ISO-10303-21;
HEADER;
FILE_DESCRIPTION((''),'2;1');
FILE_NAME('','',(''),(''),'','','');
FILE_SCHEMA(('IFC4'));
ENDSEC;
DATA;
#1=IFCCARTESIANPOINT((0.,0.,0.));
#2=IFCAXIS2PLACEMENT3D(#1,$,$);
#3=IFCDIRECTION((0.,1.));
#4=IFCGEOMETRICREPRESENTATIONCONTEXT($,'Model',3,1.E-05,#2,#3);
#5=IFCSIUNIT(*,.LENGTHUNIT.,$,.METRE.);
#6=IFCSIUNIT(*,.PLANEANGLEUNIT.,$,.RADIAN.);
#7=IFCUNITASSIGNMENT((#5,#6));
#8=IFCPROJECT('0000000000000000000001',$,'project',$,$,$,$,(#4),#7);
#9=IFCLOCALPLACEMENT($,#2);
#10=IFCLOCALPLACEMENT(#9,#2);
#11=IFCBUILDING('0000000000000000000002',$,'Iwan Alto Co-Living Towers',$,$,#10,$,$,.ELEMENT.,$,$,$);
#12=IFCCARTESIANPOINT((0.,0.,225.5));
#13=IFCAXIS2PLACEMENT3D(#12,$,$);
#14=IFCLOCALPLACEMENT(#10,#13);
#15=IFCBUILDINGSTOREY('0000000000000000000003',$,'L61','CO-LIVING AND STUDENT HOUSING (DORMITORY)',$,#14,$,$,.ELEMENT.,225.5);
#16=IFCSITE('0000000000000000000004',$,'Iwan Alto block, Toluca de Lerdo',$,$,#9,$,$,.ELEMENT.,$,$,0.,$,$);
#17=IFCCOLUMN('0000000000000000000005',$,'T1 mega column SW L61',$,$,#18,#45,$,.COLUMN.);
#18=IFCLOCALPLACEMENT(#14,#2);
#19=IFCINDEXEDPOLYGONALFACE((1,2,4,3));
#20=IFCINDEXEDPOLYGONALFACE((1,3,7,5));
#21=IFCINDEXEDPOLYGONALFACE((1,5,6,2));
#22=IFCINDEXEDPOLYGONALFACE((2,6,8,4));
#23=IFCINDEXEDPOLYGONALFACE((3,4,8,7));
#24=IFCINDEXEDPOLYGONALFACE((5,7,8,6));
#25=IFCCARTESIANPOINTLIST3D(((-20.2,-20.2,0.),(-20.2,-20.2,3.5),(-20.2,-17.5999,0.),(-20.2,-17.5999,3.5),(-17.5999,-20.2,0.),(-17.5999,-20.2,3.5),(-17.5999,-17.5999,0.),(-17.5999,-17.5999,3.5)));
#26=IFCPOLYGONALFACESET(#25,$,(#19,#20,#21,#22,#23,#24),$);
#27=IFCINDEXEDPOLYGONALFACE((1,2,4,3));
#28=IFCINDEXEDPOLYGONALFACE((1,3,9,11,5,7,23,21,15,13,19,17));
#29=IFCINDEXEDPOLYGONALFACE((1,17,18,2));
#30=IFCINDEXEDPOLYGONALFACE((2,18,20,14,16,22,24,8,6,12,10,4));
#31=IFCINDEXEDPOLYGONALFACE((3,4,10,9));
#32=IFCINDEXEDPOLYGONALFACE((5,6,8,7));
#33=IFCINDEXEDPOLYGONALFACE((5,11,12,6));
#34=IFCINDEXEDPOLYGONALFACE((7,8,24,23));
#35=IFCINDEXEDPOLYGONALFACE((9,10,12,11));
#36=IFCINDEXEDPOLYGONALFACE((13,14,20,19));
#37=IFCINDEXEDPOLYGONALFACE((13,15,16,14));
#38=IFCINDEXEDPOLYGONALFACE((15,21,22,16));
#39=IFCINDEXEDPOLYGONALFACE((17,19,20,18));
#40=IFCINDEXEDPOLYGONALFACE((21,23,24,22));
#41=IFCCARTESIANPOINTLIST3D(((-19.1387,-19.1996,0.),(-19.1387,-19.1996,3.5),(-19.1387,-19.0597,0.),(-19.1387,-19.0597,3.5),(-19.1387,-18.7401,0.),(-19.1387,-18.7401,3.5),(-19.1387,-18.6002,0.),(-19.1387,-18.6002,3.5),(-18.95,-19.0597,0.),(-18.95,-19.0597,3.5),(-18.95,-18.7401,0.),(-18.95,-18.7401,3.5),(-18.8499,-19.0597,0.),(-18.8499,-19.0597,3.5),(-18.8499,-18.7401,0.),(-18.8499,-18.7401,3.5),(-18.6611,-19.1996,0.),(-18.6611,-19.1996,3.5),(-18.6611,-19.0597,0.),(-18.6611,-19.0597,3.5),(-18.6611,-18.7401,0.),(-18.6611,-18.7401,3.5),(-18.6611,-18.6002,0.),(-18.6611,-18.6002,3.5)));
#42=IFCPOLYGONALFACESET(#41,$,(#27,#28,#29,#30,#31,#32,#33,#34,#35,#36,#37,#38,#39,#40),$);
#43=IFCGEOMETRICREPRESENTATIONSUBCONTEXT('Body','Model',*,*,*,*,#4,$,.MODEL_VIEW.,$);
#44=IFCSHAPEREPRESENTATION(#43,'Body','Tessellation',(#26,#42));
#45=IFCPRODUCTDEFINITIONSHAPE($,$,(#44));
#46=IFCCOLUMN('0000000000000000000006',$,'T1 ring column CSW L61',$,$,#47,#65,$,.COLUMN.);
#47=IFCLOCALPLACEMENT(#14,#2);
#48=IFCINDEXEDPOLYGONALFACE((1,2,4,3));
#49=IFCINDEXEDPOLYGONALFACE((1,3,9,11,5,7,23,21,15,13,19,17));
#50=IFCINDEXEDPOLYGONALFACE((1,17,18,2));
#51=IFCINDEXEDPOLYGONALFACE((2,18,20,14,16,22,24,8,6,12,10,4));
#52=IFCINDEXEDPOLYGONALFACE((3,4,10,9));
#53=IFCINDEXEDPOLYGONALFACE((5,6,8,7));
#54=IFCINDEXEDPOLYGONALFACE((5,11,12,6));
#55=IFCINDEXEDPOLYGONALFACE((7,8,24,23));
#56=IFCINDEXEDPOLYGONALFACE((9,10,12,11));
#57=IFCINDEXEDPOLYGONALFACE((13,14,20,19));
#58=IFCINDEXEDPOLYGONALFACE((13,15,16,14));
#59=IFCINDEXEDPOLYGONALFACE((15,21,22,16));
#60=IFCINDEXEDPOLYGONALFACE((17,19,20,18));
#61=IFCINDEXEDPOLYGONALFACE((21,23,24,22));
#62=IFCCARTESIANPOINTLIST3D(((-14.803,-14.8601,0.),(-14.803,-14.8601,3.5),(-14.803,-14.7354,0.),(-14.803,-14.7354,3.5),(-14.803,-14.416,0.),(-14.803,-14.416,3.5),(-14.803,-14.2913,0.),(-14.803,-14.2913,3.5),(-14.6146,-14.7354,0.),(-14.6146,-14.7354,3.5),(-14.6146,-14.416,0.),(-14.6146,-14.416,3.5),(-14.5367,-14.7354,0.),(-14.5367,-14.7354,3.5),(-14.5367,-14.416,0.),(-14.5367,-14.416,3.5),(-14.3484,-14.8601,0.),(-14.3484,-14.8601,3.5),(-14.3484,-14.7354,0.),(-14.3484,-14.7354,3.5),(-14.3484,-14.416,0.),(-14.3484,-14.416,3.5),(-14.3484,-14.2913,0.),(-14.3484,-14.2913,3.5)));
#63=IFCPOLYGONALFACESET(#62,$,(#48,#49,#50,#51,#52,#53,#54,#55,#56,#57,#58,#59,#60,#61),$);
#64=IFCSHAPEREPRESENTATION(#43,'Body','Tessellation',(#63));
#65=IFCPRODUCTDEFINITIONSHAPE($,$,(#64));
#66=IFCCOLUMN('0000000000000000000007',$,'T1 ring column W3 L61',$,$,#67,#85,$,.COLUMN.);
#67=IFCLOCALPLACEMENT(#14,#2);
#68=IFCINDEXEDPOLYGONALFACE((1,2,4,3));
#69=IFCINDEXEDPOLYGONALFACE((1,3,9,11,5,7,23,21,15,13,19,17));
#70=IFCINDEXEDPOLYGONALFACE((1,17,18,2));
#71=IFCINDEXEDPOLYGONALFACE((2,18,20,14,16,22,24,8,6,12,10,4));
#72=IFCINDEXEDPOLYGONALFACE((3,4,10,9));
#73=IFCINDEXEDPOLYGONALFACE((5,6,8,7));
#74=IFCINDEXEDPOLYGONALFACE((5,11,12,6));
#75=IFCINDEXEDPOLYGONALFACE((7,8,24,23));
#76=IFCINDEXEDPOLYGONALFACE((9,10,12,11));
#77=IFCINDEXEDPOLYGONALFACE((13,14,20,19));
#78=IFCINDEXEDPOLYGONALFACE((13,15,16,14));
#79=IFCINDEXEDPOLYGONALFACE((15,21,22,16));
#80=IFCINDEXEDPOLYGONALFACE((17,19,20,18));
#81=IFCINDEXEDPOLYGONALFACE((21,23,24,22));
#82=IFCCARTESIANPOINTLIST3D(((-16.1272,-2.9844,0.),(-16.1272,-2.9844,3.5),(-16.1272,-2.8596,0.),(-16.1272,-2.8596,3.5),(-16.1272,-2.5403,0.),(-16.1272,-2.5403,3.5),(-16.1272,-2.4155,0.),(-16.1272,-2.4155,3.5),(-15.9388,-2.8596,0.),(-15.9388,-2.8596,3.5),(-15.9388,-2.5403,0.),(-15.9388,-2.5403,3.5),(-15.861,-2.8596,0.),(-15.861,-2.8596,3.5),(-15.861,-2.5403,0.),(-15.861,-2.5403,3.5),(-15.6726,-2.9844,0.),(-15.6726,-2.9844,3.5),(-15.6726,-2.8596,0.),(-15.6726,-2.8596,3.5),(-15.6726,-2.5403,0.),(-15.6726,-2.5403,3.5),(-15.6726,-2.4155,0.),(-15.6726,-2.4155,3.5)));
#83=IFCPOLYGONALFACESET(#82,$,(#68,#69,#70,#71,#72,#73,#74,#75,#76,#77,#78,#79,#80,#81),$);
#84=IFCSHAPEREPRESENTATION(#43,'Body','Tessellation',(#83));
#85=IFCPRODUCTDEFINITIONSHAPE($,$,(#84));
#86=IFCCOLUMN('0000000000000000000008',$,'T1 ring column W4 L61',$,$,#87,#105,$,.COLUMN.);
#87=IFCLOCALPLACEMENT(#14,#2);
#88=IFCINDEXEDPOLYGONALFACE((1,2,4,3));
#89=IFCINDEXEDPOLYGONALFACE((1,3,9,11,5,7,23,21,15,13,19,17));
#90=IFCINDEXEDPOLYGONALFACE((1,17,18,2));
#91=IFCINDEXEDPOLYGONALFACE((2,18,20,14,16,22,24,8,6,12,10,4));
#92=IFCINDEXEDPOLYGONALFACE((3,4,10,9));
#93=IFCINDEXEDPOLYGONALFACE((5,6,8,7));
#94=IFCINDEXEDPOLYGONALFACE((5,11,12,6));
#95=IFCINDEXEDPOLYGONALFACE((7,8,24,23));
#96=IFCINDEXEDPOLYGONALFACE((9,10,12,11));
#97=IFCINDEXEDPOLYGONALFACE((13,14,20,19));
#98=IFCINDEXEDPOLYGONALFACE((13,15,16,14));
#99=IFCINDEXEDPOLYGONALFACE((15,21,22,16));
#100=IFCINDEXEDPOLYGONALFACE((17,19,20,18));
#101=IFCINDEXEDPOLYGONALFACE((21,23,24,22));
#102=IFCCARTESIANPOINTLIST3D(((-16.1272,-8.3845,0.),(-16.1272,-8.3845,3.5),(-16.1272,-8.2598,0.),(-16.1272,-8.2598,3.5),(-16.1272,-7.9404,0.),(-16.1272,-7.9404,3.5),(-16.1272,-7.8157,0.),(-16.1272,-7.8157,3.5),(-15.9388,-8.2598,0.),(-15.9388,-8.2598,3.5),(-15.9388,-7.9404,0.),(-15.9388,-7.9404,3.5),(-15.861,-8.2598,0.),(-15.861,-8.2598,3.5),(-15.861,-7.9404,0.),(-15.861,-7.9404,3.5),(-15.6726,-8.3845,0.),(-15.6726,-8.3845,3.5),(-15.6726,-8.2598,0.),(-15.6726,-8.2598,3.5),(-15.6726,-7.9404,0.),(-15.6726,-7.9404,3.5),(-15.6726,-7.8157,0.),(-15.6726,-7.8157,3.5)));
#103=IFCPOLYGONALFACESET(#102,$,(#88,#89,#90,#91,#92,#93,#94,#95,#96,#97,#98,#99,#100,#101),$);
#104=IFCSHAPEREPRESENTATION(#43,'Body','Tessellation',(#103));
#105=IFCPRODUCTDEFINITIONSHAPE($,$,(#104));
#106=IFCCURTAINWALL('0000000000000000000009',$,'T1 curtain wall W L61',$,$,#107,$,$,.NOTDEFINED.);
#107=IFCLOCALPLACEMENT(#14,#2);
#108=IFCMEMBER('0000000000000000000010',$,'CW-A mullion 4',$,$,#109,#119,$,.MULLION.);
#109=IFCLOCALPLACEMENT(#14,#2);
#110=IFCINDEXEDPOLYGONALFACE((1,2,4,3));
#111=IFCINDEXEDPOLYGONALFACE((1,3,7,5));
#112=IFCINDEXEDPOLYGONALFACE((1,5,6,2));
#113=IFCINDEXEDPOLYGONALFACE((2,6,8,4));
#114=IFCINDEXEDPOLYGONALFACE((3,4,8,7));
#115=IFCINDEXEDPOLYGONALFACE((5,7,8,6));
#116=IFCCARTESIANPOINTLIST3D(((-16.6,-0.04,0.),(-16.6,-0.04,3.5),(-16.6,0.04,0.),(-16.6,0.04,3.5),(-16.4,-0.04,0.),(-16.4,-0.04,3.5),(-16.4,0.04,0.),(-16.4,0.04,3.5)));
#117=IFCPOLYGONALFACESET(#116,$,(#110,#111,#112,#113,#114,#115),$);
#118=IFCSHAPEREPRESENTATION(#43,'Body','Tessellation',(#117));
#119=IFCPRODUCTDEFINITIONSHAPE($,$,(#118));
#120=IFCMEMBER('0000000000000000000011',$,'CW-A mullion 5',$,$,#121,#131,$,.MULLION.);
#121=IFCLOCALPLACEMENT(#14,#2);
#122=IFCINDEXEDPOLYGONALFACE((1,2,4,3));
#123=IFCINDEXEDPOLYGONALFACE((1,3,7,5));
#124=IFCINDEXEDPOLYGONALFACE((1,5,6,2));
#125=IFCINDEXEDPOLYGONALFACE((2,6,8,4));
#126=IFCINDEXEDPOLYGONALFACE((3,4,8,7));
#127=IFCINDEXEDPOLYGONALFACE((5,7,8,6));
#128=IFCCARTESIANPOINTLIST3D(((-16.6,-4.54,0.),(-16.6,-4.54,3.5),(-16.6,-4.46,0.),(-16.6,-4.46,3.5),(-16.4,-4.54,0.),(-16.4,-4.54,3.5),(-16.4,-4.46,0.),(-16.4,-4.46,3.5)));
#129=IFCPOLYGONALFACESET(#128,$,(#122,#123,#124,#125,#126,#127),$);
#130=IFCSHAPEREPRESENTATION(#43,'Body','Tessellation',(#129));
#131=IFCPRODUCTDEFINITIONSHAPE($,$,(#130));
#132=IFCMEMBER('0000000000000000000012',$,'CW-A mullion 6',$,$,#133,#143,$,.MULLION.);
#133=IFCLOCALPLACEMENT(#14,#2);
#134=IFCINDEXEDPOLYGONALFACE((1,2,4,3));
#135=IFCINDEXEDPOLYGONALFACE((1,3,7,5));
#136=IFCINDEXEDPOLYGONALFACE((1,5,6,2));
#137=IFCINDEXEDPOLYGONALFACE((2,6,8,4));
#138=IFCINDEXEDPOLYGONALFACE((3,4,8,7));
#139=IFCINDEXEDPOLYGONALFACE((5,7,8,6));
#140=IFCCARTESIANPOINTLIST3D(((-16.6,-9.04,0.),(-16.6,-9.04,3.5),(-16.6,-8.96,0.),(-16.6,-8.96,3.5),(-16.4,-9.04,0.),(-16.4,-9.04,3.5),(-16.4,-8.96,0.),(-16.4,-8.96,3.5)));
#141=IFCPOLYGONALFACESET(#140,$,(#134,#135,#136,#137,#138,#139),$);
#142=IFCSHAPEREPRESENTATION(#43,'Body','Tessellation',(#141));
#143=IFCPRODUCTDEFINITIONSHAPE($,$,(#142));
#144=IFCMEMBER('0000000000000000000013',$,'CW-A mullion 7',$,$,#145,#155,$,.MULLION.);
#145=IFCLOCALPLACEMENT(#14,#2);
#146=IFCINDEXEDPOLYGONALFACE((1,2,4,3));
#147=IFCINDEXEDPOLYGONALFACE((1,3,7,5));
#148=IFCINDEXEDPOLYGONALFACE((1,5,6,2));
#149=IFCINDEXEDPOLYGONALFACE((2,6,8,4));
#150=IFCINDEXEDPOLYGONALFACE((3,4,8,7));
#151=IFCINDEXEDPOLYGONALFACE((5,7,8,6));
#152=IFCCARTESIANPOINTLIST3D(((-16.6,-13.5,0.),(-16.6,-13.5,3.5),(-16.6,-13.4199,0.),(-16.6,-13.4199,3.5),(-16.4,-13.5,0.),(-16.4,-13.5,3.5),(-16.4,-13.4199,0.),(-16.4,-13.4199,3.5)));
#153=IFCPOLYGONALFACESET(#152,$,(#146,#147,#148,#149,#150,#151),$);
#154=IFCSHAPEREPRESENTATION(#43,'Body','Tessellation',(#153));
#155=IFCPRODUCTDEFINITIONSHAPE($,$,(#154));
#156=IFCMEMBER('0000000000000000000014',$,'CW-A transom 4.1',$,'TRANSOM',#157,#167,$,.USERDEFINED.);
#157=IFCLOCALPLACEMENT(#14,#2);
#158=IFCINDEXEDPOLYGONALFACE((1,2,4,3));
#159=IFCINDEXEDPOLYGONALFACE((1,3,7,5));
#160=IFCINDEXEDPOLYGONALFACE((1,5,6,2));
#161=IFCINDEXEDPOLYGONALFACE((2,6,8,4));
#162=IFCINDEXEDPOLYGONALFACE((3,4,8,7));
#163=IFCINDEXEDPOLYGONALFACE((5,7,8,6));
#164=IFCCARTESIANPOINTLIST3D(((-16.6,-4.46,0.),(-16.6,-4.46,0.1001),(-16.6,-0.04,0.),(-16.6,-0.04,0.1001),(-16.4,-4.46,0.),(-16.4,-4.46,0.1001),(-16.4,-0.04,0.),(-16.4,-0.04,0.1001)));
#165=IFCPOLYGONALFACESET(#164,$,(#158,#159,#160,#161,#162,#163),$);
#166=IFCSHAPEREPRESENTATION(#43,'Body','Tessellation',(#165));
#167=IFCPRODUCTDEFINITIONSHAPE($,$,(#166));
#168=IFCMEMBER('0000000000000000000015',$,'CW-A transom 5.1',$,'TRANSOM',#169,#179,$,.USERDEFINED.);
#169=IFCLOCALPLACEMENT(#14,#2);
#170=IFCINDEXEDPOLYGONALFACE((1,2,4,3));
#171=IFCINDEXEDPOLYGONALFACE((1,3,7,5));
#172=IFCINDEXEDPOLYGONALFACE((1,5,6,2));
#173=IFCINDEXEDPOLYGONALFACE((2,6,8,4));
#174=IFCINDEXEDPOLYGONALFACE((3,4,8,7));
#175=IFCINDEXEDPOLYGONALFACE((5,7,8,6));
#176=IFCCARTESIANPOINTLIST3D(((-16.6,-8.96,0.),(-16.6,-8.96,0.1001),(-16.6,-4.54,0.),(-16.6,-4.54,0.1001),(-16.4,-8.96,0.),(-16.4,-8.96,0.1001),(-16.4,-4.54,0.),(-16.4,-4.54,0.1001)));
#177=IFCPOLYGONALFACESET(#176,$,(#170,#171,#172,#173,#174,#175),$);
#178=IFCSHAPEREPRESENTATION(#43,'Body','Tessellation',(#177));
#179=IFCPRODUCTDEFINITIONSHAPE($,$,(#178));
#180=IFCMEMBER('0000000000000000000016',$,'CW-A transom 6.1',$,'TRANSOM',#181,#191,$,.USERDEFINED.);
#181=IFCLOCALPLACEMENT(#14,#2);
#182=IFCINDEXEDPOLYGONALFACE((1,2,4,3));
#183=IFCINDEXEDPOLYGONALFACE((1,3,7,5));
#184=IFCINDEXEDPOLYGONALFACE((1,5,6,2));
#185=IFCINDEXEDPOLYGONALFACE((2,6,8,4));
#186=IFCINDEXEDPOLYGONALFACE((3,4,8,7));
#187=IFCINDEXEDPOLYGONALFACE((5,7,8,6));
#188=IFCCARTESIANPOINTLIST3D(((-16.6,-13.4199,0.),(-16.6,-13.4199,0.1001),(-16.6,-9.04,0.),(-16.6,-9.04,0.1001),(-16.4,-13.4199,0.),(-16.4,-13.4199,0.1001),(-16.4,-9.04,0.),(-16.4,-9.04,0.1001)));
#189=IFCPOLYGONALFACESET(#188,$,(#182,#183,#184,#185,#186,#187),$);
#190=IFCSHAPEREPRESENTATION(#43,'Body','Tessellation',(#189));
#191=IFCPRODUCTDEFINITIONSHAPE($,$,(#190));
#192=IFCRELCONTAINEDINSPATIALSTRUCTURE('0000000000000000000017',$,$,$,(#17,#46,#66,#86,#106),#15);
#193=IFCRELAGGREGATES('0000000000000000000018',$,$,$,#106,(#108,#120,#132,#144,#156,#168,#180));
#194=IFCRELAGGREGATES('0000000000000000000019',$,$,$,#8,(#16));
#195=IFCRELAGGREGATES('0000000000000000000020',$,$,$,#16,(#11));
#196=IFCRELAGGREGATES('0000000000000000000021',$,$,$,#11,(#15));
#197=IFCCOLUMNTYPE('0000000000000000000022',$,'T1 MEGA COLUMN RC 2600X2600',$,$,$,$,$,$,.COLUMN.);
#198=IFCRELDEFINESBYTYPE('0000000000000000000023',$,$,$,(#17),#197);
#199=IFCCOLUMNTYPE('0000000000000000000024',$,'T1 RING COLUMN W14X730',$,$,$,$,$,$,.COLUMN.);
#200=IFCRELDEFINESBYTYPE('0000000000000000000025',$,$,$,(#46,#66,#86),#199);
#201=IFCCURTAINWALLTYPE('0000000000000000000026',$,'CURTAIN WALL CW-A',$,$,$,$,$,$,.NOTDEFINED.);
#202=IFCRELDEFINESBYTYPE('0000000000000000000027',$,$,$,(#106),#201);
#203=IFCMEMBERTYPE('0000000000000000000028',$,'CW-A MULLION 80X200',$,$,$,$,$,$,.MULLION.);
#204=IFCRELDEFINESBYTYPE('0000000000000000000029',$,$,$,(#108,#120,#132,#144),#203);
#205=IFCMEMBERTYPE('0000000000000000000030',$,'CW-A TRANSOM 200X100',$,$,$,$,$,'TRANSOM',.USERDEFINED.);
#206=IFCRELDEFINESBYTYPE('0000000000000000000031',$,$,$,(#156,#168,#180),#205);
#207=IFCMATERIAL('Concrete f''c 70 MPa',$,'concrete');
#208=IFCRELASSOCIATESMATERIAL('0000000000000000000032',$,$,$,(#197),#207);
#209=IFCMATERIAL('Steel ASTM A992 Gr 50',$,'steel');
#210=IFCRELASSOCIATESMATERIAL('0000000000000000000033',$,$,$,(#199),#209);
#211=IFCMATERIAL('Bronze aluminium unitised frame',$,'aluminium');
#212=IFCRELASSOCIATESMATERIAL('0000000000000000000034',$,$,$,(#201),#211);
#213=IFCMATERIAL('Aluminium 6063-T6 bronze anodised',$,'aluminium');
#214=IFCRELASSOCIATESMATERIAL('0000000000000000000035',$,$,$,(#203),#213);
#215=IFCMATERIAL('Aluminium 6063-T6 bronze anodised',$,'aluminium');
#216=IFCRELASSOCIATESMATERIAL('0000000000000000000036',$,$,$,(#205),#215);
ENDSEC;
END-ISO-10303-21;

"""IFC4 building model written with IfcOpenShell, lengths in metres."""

from ifc_helpers import new_model, si_unit, direction, frame, origin, origin_2d, place, context, subcontext, project, spatial, rectangle, i_section, extrude, material, material_profile, profile_set, type_object, element, aggregate, save


model = new_model("IFC4")

# Units and contexts
model_context = context("Model", 3, precision=1e-05, world=origin(), true_north=direction((0.0, 1.0)))
body_context = subcontext(model_context, "Body", "Model", "MODEL_VIEW")
ifc_project = project(units=[si_unit("LENGTHUNIT", "METRE"), si_unit("PLANEANGLEUNIT", "RADIAN")], contexts=[model_context])

# Site, building, storey
site_placement = place(None, origin())
site = spatial("IfcSite", under=ifc_project, at=site_placement, Name="Iwan Alto block, Toluca de Lerdo", CompositionType="ELEMENT", RefElevation=0.0)
building_placement = place(site_placement, origin())
building = spatial("IfcBuilding", under=site, at=building_placement, Name="Iwan Alto Co-Living Towers", CompositionType="ELEMENT")
storey_placement = place(building_placement, frame((0.0, 0.0, 225.5)))
storey = spatial("IfcBuildingStorey", under=building, at=storey_placement, Name="L61", Description="CO-LIVING AND STUDENT HOUSING (DORMITORY)", CompositionType="ELEMENT", Elevation=225.5)

# Columns
ifc_material_1 = material(Name="Concrete f'c 70 MPa", Category="concrete")
ifc_material_profile_1 = material_profile(ifc_material_1, rectangle(XDim=2.6001, YDim=2.6001, at=origin_2d()), Name="RC 2600X2600")
ifc_profile_set_1 = profile_set([ifc_material_profile_1], Name="Concrete f'c 70 MPa")
column_type_1 = type_object("IfcColumnType", Name="T1 MEGA COLUMN RC 2600X2600", PredefinedType="COLUMN", material=ifc_profile_set_1)
column_placement = place(storey_placement, frame((-18.8999, -18.8999, 0.0), z_axis=(0.0, 0.0, 1.0), x_axis=(1.0, 0.0, 0.0)))
element("IfcColumn", 1, at=column_placement, inside=storey, type_object=column_type_1, Name="T1 mega column SW L61", PredefinedType="COLUMN", context=body_context, shape_type="SweptSolid", body=[
    extrude(rectangle(XDim=2.6001, YDim=2.6001, at=origin_2d()), origin(), (0.0, 0.0, 1.0), 3.5),
    extrude(i_section(OverallWidth=0.4775, OverallDepth=0.5994, WebThickness=0.1001, FlangeThickness=0.1399, at=origin_2d()), origin(), (0.0, 0.0, 1.0), 3.5),
])
ifc_material_2 = material(Name="Steel ASTM A992 Gr 50", Category="steel")
ifc_material_profile_2 = material_profile(ifc_material_2, i_section(OverallWidth=0.4546, OverallDepth=0.5688, WebThickness=0.0779, FlangeThickness=0.1248, at=origin_2d()), Name="W14X730")
ifc_profile_set_2 = profile_set([ifc_material_profile_2], Name="Steel ASTM A992 Gr 50")
column_type_2 = type_object("IfcColumnType", Name="T1 RING COLUMN W14X730", PredefinedType="COLUMN", material=ifc_profile_set_2)
for number, where, z_axis, x_axis, name in (
    (2, (-14.5757, -14.5757, 0.0), (0.0, 0.0, 1.0), (1.0, 0.0, 0.0), "T1 ring column CSW L61"),
    (3, (-15.8999, -2.7, 0.0), (0.0, 0.0, 1.0), (1.0, 0.0, 0.0), "T1 ring column W3 L61"),
    (4, (-15.8999, -8.1001, 0.0), (0.0, 0.0, 1.0), (1.0, 0.0, 0.0), "T1 ring column W4 L61"),
):
    element("IfcColumn", number, at=place(storey_placement, frame(where, z_axis=z_axis, x_axis=x_axis)), inside=storey, type_object=column_type_2, Name=name, PredefinedType="COLUMN", context=body_context, shape_type="SweptSolid", body=[
        extrude(i_section(OverallWidth=0.4546, OverallDepth=0.5688, WebThickness=0.0779, FlangeThickness=0.1248, at=origin_2d()), origin(), (0.0, 0.0, 1.0), 3.5),
    ])

# Curtain wall, members
ifc_material_3 = material(Name="Bronze aluminium unitised frame", Category="aluminium")
curtain_wall_type_1 = type_object("IfcCurtainWallType", Name="CURTAIN WALL CW-A", PredefinedType="NOTDEFINED", material=ifc_material_3)
curtain_wall_1_placement = place(storey_placement, origin())
curtain_wall_1 = element("IfcCurtainWall", 5, at=curtain_wall_1_placement, inside=storey, type_object=curtain_wall_type_1, Name="T1 curtain wall W L61", PredefinedType="NOTDEFINED")
ifc_material_4 = material(Name="Aluminium 6063-T6 bronze anodised", Category="aluminium")
ifc_material_profile_3 = material_profile(ifc_material_4, rectangle(XDim=0.2, YDim=0.0801, at=origin_2d()), Name="AL 80X200")
ifc_profile_set_3 = profile_set([ifc_material_profile_3], Name="Aluminium 6063-T6 bronze anodised")
member_type_1 = type_object("IfcMemberType", Name="CW-A MULLION 80X200", PredefinedType="MULLION", material=ifc_profile_set_3)
member_1_placement = place(storey_placement, frame((-16.5, 0.0, 0.0), z_axis=(0.0, 0.0, 1.0), x_axis=(1.0, 0.0, 0.0)))
member_1 = element("IfcMember", 6, at=member_1_placement, type_object=member_type_1, Name="CW-A mullion 4", PredefinedType="MULLION", context=body_context, shape_type="SweptSolid", body=[
    extrude(rectangle(XDim=0.2, YDim=0.0801, at=origin_2d()), origin(), (0.0, 0.0, 1.0), 3.5),
])
member_2_placement = place(storey_placement, frame((-16.5, -4.5, 0.0), z_axis=(0.0, 0.0, 1.0), x_axis=(1.0, 0.0, 0.0)))
member_2 = element("IfcMember", 7, at=member_2_placement, type_object=member_type_1, Name="CW-A mullion 5", PredefinedType="MULLION", context=body_context, shape_type="SweptSolid", body=[
    extrude(rectangle(XDim=0.2, YDim=0.0801, at=origin_2d()), origin(), (0.0, 0.0, 1.0), 3.5),
])
member_3_placement = place(storey_placement, frame((-16.5, -9.0, 0.0), z_axis=(0.0, 0.0, 1.0), x_axis=(1.0, 0.0, 0.0)))
member_3 = element("IfcMember", 8, at=member_3_placement, type_object=member_type_1, Name="CW-A mullion 6", PredefinedType="MULLION", context=body_context, shape_type="SweptSolid", body=[
    extrude(rectangle(XDim=0.2, YDim=0.0801, at=origin_2d()), origin(), (0.0, 0.0, 1.0), 3.5),
])
member_4_placement = place(storey_placement, frame((-16.5, -13.46, 0.0), z_axis=(0.0, 0.0, 1.0), x_axis=(1.0, 0.0, 0.0)))
member_4 = element("IfcMember", 9, at=member_4_placement, type_object=member_type_1, Name="CW-A mullion 7", PredefinedType="MULLION", context=body_context, shape_type="SweptSolid", body=[
    extrude(rectangle(XDim=0.2, YDim=0.0801, at=origin_2d()), origin(), (0.0, 0.0, 1.0), 3.5),
])
ifc_material_5 = material(Name="Aluminium 6063-T6 bronze anodised", Category="aluminium")
ifc_material_profile_4 = material_profile(ifc_material_5, rectangle(XDim=0.2, YDim=0.1001, at=origin_2d()), Name="AL 200X100")
ifc_profile_set_4 = profile_set([ifc_material_profile_4], Name="Aluminium 6063-T6 bronze anodised")
member_type_2 = type_object("IfcMemberType", Name="CW-A TRANSOM 200X100", ElementType="TRANSOM", PredefinedType="USERDEFINED", material=ifc_profile_set_4)
member_5_placement = place(storey_placement, frame((-16.5, -0.04, 0.05), z_axis=(0.0, -1.0, 0.0), x_axis=(1.0, 0.0, 0.0)))
member_5 = element("IfcMember", 10, at=member_5_placement, type_object=member_type_2, Name="CW-A transom 4.1", ObjectType="TRANSOM", PredefinedType="USERDEFINED", context=body_context, shape_type="SweptSolid", body=[
    extrude(rectangle(XDim=0.2, YDim=0.1001, at=origin_2d()), origin(), (0.0, 0.0, 1.0), 4.4199),
])
member_6_placement = place(storey_placement, frame((-16.5, -4.54, 0.05), z_axis=(0.0, -1.0, 0.0), x_axis=(1.0, 0.0, 0.0)))
member_6 = element("IfcMember", 11, at=member_6_placement, type_object=member_type_2, Name="CW-A transom 5.1", ObjectType="TRANSOM", PredefinedType="USERDEFINED", context=body_context, shape_type="SweptSolid", body=[
    extrude(rectangle(XDim=0.2, YDim=0.1001, at=origin_2d()), origin(), (0.0, 0.0, 1.0), 4.4199),
])
member_7_placement = place(storey_placement, frame((-16.5, -9.04, 0.05), z_axis=(0.0, -1.0, 0.0), x_axis=(1.0, 0.0, 0.0)))
member_7 = element("IfcMember", 12, at=member_7_placement, type_object=member_type_2, Name="CW-A transom 6.1", ObjectType="TRANSOM", PredefinedType="USERDEFINED", context=body_context, shape_type="SweptSolid", body=[
    extrude(rectangle(XDim=0.2, YDim=0.1001, at=origin_2d()), origin(), (0.0, 0.0, 1.0), 4.3799),
])

aggregate(curtain_wall_1, [member_1, member_2, member_3, member_4, member_5, member_6, member_7])

save(model, "model.ifc")
